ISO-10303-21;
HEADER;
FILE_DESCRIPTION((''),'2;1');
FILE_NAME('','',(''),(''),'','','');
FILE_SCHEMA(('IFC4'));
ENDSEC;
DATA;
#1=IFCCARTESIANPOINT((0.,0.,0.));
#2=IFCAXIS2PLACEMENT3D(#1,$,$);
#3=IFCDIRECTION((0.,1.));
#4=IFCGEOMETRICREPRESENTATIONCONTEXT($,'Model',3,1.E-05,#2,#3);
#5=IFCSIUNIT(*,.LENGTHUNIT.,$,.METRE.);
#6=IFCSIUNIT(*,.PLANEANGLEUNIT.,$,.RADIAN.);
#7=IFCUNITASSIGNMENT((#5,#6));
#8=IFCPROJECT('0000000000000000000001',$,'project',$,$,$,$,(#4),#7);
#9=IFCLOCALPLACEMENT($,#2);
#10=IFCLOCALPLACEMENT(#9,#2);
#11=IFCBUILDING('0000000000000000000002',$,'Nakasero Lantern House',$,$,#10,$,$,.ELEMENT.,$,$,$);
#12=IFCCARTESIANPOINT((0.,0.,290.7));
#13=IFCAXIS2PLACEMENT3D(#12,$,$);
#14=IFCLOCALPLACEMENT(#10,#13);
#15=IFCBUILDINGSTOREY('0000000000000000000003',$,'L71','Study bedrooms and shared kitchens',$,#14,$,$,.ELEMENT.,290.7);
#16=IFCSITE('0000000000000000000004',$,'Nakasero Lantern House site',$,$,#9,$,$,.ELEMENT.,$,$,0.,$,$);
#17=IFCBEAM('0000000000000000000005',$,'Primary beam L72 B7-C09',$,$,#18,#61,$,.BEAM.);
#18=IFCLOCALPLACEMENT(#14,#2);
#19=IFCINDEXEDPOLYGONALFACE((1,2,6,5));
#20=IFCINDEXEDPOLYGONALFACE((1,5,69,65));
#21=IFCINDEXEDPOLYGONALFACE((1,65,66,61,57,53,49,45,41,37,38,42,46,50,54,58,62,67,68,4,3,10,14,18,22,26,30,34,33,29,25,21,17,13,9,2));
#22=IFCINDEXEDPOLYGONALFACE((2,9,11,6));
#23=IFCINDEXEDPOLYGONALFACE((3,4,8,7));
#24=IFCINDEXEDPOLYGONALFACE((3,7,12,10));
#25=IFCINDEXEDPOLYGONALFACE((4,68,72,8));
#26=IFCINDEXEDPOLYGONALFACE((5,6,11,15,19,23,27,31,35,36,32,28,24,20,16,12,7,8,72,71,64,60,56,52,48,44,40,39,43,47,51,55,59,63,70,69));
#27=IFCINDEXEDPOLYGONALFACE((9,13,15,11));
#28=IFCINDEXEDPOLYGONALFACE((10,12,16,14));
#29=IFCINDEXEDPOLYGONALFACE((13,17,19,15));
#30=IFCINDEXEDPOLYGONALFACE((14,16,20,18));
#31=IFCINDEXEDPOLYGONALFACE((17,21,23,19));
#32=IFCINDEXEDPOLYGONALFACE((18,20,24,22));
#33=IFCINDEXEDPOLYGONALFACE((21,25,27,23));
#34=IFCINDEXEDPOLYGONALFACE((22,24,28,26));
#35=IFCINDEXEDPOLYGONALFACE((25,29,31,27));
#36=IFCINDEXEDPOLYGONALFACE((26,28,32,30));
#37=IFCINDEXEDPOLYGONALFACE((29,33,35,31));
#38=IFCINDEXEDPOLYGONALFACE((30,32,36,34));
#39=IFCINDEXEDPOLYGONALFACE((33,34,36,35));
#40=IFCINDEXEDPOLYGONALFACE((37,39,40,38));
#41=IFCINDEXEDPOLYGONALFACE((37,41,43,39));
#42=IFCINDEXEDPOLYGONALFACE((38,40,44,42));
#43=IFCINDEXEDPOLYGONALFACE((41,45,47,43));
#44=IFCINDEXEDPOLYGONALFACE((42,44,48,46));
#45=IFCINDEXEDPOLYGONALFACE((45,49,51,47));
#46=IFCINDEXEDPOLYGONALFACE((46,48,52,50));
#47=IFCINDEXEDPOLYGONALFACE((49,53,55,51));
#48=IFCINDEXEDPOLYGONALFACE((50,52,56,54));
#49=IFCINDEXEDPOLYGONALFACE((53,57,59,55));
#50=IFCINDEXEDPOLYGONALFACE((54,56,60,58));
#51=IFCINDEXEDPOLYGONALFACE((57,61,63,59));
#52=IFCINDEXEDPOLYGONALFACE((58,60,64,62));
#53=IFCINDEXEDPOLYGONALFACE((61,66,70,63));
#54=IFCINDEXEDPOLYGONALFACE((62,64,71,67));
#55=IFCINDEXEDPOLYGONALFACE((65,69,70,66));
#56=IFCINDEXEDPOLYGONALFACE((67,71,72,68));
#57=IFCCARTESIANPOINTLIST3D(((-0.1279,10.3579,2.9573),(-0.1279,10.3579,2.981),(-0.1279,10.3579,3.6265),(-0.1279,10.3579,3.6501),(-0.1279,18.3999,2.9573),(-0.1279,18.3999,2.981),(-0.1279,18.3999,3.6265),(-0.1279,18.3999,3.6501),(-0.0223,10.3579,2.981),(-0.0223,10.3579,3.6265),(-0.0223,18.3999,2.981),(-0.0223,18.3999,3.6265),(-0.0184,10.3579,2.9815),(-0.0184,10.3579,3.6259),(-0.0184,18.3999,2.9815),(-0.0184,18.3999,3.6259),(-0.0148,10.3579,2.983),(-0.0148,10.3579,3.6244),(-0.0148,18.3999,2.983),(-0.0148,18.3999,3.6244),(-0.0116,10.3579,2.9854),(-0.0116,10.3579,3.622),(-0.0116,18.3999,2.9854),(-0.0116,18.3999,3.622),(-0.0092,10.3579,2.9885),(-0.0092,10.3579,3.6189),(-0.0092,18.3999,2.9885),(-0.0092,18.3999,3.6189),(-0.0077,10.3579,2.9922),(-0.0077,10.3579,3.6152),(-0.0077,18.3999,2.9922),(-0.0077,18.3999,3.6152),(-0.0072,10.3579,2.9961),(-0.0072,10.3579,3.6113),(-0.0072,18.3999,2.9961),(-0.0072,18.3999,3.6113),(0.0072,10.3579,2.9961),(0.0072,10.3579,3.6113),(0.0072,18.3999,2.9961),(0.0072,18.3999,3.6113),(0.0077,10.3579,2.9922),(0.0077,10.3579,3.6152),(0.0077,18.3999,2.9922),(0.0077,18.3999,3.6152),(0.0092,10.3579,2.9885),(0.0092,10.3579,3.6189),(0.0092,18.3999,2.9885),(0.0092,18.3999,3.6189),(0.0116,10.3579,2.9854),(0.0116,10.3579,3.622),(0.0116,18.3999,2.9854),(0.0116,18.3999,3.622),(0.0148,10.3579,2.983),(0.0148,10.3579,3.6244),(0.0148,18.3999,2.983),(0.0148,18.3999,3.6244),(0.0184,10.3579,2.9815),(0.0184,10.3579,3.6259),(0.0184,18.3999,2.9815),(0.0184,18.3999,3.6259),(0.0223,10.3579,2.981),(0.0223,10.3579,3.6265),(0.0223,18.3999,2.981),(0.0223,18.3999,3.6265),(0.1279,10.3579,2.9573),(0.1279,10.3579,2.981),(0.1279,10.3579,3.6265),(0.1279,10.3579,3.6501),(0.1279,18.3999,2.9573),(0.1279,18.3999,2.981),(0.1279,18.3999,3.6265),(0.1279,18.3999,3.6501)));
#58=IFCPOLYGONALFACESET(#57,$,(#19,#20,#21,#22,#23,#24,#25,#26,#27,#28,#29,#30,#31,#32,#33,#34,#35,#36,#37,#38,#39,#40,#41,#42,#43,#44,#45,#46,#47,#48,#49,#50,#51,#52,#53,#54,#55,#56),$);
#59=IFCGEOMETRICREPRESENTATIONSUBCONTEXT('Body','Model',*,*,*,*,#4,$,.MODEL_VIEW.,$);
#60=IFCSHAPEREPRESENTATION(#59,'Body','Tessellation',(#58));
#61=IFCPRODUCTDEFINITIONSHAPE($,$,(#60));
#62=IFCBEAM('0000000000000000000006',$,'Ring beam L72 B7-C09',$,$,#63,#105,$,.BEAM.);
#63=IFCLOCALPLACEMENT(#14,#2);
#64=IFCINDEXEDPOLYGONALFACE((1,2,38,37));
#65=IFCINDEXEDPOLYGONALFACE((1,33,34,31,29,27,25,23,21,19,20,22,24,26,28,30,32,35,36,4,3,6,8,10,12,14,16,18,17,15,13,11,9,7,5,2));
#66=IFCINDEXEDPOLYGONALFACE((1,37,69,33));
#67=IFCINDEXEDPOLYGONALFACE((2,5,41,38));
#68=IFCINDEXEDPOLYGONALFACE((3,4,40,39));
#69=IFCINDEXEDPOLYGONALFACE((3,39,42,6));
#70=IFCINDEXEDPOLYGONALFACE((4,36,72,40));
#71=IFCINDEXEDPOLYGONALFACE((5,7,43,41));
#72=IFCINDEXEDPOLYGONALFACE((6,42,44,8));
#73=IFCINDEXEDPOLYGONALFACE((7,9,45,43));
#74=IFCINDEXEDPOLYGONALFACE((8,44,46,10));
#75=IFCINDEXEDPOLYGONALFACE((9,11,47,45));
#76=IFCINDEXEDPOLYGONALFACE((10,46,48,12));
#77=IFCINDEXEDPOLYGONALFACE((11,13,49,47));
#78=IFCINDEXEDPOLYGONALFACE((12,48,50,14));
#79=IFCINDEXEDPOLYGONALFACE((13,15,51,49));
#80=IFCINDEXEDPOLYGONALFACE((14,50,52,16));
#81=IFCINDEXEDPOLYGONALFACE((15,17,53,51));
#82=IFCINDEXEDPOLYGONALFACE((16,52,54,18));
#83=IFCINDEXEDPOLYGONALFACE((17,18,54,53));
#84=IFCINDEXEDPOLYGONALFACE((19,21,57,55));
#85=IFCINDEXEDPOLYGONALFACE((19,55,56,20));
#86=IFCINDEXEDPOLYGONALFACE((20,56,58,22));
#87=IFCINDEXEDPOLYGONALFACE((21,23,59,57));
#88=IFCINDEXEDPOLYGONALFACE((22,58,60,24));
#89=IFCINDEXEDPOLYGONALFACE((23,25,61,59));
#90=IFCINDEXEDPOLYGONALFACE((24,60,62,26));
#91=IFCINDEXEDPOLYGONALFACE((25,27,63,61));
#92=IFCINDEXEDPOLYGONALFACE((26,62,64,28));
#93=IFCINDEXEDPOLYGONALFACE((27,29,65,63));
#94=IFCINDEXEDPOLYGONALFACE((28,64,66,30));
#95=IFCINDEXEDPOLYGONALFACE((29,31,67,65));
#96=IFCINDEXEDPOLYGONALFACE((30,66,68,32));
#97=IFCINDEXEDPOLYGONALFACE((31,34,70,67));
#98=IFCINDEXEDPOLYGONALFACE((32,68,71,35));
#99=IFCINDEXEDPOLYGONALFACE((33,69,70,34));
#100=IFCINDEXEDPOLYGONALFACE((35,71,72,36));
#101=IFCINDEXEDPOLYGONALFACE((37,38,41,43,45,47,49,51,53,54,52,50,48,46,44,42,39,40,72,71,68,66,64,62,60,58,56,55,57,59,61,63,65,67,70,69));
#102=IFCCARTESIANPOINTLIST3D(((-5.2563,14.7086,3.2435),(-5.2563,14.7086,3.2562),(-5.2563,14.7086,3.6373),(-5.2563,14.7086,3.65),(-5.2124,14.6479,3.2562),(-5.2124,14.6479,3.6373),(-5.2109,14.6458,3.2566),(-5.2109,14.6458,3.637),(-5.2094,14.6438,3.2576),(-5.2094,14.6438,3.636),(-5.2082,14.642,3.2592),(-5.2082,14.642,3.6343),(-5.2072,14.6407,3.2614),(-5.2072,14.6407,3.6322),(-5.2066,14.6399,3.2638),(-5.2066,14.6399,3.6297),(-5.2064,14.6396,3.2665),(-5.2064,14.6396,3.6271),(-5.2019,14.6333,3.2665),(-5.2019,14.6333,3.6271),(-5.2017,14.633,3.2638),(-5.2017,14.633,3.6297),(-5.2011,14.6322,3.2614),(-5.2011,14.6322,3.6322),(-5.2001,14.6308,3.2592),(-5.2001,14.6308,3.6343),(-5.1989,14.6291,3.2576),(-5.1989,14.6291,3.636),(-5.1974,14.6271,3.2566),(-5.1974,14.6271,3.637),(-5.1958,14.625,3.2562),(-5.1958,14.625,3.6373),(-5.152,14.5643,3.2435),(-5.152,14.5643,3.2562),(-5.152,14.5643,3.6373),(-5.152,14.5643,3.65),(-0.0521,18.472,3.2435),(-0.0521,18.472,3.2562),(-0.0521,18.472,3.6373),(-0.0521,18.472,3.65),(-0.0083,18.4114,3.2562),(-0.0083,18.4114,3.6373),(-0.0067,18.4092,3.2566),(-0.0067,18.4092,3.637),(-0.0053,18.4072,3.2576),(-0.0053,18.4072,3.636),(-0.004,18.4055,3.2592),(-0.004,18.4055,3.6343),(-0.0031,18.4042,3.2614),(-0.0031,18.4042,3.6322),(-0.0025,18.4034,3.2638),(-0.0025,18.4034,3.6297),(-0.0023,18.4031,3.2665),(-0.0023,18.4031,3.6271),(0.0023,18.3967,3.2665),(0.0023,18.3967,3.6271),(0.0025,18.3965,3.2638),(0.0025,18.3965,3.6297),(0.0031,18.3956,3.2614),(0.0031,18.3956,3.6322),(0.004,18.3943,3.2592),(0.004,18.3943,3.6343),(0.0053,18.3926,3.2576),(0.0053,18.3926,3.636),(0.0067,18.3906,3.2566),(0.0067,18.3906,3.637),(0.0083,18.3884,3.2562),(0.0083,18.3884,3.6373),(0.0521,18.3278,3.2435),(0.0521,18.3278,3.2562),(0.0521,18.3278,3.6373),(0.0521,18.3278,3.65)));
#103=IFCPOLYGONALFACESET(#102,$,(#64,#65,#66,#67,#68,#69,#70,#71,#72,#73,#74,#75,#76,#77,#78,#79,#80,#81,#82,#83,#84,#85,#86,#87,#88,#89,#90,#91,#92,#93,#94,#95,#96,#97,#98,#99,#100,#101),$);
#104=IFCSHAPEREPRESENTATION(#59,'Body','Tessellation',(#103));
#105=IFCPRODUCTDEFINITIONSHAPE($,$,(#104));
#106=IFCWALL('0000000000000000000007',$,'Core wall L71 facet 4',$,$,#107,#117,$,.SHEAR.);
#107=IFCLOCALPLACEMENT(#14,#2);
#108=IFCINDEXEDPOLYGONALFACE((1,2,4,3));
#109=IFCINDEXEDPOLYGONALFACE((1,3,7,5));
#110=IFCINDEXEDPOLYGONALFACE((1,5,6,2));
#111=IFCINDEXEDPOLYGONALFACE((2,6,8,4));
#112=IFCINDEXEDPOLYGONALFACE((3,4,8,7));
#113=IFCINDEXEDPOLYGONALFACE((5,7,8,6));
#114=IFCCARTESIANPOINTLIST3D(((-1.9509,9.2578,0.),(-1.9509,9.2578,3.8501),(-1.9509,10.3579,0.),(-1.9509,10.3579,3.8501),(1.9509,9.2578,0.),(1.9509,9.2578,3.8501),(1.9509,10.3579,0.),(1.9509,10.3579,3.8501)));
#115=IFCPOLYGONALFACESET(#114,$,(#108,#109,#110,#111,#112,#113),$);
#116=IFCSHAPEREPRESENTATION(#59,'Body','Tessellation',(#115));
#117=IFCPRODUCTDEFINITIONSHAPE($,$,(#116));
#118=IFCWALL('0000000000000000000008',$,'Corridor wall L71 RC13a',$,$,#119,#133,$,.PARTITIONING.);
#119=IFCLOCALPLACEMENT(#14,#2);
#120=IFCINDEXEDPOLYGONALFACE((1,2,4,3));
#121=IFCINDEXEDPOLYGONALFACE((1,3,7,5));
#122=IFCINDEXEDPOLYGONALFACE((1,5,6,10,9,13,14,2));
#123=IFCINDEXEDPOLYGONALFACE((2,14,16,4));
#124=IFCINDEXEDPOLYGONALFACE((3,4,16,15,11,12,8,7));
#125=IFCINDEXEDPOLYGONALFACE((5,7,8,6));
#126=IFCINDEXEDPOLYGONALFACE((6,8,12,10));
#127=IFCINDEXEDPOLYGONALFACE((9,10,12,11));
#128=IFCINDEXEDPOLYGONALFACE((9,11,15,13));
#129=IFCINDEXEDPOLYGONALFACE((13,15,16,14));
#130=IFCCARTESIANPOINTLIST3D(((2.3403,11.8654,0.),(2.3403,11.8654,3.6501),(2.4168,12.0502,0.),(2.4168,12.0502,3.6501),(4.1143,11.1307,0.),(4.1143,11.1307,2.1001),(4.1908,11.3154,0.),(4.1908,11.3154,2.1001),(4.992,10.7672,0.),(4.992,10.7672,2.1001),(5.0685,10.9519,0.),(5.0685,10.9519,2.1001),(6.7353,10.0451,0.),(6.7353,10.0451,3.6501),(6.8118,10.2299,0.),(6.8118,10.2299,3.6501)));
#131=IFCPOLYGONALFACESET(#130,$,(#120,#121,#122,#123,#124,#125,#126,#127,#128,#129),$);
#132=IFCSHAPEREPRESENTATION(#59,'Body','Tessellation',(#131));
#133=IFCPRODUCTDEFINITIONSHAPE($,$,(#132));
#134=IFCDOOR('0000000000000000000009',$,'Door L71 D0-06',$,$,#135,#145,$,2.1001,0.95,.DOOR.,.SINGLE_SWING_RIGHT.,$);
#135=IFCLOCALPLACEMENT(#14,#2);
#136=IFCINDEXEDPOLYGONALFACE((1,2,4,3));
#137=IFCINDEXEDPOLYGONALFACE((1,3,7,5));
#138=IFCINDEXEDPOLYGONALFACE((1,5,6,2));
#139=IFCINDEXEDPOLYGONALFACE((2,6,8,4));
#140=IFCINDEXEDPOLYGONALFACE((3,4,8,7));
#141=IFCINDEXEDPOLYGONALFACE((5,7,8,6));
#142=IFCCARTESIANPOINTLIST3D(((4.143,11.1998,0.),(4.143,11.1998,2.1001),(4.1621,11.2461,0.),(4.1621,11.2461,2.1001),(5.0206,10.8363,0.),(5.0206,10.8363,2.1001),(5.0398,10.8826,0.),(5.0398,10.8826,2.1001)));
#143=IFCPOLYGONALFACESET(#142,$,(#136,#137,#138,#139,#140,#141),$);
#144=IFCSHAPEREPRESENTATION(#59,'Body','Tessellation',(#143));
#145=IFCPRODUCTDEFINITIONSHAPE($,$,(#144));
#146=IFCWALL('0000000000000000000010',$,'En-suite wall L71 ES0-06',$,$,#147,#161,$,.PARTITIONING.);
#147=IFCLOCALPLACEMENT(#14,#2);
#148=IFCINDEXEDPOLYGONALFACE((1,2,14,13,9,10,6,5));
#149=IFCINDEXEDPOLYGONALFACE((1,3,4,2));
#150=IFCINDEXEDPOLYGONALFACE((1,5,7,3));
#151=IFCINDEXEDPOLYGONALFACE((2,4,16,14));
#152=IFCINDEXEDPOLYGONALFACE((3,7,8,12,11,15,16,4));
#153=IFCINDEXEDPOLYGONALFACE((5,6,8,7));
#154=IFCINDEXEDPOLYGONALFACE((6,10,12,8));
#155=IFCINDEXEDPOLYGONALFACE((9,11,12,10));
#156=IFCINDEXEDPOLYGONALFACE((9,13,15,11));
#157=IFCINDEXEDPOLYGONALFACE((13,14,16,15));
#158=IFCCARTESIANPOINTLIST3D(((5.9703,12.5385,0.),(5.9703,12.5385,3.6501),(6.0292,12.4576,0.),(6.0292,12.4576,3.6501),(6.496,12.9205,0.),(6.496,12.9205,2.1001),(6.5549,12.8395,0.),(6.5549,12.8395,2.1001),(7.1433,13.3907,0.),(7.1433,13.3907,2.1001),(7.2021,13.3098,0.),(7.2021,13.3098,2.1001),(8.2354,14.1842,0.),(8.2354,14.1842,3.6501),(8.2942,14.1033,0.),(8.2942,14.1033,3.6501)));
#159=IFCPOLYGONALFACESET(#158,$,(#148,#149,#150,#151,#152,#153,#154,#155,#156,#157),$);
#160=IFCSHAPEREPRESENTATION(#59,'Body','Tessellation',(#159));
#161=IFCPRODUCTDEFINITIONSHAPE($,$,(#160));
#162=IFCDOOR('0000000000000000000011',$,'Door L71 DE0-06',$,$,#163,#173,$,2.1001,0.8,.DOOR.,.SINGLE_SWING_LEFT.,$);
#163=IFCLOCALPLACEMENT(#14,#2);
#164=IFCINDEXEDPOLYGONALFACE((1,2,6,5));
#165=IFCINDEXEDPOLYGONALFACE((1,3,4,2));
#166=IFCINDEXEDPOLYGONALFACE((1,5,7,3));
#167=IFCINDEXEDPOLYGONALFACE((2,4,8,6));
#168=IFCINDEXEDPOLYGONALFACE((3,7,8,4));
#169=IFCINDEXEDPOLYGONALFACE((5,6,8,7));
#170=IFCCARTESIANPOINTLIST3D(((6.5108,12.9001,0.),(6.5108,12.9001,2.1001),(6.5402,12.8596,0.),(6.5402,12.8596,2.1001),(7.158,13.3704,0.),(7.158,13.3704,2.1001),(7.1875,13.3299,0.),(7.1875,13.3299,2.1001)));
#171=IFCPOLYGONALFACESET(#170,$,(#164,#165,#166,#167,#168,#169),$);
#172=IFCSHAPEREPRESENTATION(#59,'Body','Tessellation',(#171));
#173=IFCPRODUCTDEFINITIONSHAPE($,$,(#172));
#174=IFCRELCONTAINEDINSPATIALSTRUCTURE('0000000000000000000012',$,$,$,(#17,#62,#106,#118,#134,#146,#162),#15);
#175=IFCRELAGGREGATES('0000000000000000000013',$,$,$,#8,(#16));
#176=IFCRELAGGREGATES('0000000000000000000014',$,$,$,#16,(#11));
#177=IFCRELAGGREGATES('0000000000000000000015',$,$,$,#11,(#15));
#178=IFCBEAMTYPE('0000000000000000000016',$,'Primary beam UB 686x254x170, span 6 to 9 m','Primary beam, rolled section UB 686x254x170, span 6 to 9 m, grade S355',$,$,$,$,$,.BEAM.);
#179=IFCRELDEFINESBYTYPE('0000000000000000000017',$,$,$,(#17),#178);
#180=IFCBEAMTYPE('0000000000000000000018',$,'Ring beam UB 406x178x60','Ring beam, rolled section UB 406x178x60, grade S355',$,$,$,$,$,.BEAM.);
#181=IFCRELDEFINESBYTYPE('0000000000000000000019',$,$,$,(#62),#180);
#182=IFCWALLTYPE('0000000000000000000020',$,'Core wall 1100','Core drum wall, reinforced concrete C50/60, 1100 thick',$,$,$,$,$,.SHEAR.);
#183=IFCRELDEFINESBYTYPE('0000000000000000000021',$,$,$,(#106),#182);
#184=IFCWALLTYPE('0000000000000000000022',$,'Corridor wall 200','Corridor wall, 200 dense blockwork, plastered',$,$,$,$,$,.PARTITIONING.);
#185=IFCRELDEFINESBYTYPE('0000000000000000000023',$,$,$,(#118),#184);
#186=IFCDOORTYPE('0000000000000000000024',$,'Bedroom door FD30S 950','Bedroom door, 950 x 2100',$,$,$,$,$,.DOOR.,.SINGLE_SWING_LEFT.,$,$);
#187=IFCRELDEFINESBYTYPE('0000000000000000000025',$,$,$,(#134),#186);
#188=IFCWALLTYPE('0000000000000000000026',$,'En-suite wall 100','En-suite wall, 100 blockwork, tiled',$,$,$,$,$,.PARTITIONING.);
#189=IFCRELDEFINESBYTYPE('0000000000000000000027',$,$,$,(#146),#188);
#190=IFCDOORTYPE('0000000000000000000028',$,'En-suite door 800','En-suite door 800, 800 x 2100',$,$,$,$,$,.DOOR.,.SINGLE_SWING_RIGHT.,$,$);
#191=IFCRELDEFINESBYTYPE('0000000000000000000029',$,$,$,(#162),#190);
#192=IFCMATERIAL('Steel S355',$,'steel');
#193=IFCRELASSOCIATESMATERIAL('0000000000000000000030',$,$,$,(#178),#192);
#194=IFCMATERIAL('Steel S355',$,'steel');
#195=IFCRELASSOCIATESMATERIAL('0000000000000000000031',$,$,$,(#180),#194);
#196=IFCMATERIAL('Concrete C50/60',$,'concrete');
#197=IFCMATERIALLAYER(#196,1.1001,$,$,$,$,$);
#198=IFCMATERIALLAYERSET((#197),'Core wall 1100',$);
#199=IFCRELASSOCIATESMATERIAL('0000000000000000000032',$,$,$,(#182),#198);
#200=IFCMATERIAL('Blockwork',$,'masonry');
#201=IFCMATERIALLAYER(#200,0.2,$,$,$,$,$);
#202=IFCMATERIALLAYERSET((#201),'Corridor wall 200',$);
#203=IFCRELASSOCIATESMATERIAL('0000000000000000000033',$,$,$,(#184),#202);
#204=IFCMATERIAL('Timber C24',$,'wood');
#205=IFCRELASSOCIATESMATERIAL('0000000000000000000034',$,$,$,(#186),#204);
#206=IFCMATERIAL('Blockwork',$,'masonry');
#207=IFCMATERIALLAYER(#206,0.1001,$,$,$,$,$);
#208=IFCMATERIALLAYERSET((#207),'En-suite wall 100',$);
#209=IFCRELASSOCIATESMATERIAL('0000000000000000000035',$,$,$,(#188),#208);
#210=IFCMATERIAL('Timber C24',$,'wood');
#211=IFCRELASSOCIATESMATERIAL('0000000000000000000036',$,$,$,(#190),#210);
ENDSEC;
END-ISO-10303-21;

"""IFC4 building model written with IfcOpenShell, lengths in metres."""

from ifc_helpers import new_model, si_unit, direction, frame, frame_2d, origin, origin_2d, place, context, subcontext, project, spatial, rectangle, i_section, extrude, material, layer, layer_set, material_profile, profile_set, type_object, element, fill, save


model = new_model("IFC4")

# Units and contexts
model_context = context("Model", 3, precision=1e-05, world=origin(), true_north=direction((0.0, 1.0)))
body_context = subcontext(model_context, "Body", "Model", "MODEL_VIEW")
ifc_project = project(units=[si_unit("LENGTHUNIT", "METRE"), si_unit("PLANEANGLEUNIT", "RADIAN")], contexts=[model_context])

# Site, building, storey
site_placement = place(None, origin())
site = spatial("IfcSite", under=ifc_project, at=site_placement, Name="Nakasero Lantern House site", CompositionType="ELEMENT", RefElevation=0.0)
building_placement = place(site_placement, origin())
building = spatial("IfcBuilding", under=site, at=building_placement, Name="Nakasero Lantern House", CompositionType="ELEMENT")
storey_placement = place(building_placement, frame((0.0, 0.0, 290.7)))
storey = spatial("IfcBuildingStorey", under=building, at=storey_placement, Name="L71", Description="Study bedrooms and shared kitchens", CompositionType="ELEMENT", Elevation=290.7)

# Beams
ifc_material_1 = material(Name="Steel S355", Category="steel")
ifc_material_profile_1 = material_profile(ifc_material_1, i_section(OverallWidth=0.2559, OverallDepth=0.6929, WebThickness=0.0144, FlangeThickness=0.0237, FilletRadius=0.0151, at=origin_2d()), Name="UB 686x254x170")
ifc_profile_set_1 = profile_set([ifc_material_profile_1], Name="Steel S355")
beam_type_1 = type_object("IfcBeamType", Name="Primary beam UB 686x254x170, span 6 to 9 m", Description="Primary beam, rolled section UB 686x254x170, span 6 to 9 m, grade S355", PredefinedType="BEAM", material=ifc_profile_set_1)
beam_1_placement = place(storey_placement, frame((0.0, 18.3999, 3.3037), z_axis=(0.0, -1.0, 0.0), x_axis=(1.0, 0.0, 0.0)))
element("IfcBeam", 1, at=beam_1_placement, inside=storey, type_object=beam_type_1, Name="Primary beam L72 B7-C09", PredefinedType="BEAM", context=body_context, shape_type="SweptSolid", body=[
    extrude(i_section(OverallWidth=0.2559, OverallDepth=0.6929, WebThickness=0.0144, FlangeThickness=0.0237, FilletRadius=0.0151, at=origin_2d()), origin(), (0.0, 0.0, 1.0), 8.042),
])
ifc_material_2 = material(Name="Steel S355", Category="steel")
ifc_material_profile_2 = material_profile(ifc_material_2, i_section(OverallWidth=0.178, OverallDepth=0.4065, WebThickness=0.0078, FlangeThickness=0.0127, FilletRadius=0.0103, at=origin_2d()), Name="UB 406x178x60")
ifc_profile_set_2 = profile_set([ifc_material_profile_2], Name="Steel S355")
beam_type_2 = type_object("IfcBeamType", Name="Ring beam UB 406x178x60", Description="Ring beam, rolled section UB 406x178x60, grade S355", PredefinedType="BEAM", material=ifc_profile_set_2)
beam_2_placement = place(storey_placement, frame((0.0, 18.3999, 3.4468), z_axis=(-0.810316, -0.585993, 0.0), x_axis=(0.585993, -0.810316, 0.0)))
element("IfcBeam", 2, at=beam_2_placement, inside=storey, type_object=beam_type_2, Name="Ring beam L72 B7-C09", PredefinedType="BEAM", context=body_context, shape_type="SweptSolid", body=[
    extrude(i_section(OverallWidth=0.178, OverallDepth=0.4065, WebThickness=0.0078, FlangeThickness=0.0127, FilletRadius=0.0103, at=origin_2d()), origin(), (0.0, 0.0, 1.0), 6.4224),
])

# Wall
ifc_material_3 = material(Name="Concrete C50/60", Category="concrete")
ifc_layer_1 = layer(ifc_material_3, 1.1001)
ifc_layer_set_1 = layer_set([ifc_layer_1], Name="Core wall 1100")
wall_type_1 = type_object("IfcWallType", Name="Core wall 1100", Description="Core drum wall, reinforced concrete C50/60, 1100 thick", PredefinedType="SHEAR", material=ifc_layer_set_1)
wall_1_placement = place(storey_placement, frame((1.9509, 9.8079, 0.0), z_axis=(0.0, 0.0, 1.0), x_axis=(-1.0, 0.0, 0.0)))
element("IfcWall", 3, at=wall_1_placement, inside=storey, type_object=wall_type_1, Name="Core wall L71 facet 4", PredefinedType="SHEAR", context=body_context, shape_type="SweptSolid", body=[
    extrude(rectangle(XDim=3.9019, YDim=1.1001, at=frame_2d((1.9509, 0.0))), origin(), (0.0, 0.0, 1.0), 3.8501),
])

# Walls, openings, doors
ifc_material_4 = material(Name="Blockwork", Category="masonry")
ifc_layer_2 = layer(ifc_material_4, 0.2)
ifc_layer_set_2 = layer_set([ifc_layer_2], Name="Corridor wall 200")
wall_type_2 = type_object("IfcWallType", Name="Corridor wall 200", Description="Corridor wall, 200 dense blockwork, plastered", PredefinedType="PARTITIONING", material=ifc_layer_set_2)
wall_2_placement = place(storey_placement, frame((2.3787, 11.9578, 0.0), z_axis=(0.0, 0.0, 1.0), x_axis=(0.923892, -0.382654, 0.0)))
wall_2 = element("IfcWall", 4, at=wall_2_placement, inside=storey, type_object=wall_type_2, Name="Corridor wall L71 RC13a", PredefinedType="PARTITIONING", context=body_context, shape_type="SweptSolid", body=[
    extrude(rectangle(XDim=4.7571, YDim=0.2, at=frame_2d((2.3784, 0.0))), origin(), (0.0, 0.0, 1.0), 3.6501),
])
opening_1_placement = place(wall_2_placement, frame((1.9199, 0.0, 0.0)))
opening_1 = element("IfcOpeningElement", 5, at=opening_1_placement, cuts=wall_2, PredefinedType="OPENING", context=body_context, shape_type="SweptSolid", body=[
    extrude(rectangle(XDim=0.95, YDim=2.1001, at=frame_2d((0.4751, 1.05))), frame((0.0, 0.1199, 0.0), z_axis=(0.0, -1.0, 0.0), x_axis=(1.0, 0.0, 0.0)), (0.0, 0.0, 1.0), 0.24),
])
ifc_material_5 = material(Name="Timber C24", Category="wood")
door_type_1 = type_object("IfcDoorType", Name="Bedroom door FD30S 950", Description="Bedroom door, 950 x 2100", OperationType="SINGLE_SWING_LEFT", PredefinedType="DOOR", material=ifc_material_5)
door_1_placement = place(opening_1_placement, origin())
door_1 = element("IfcDoor", 6, at=door_1_placement, inside=storey, type_object=door_type_1, Name="Door L71 D0-06", OperationType="SINGLE_SWING_RIGHT", OverallHeight=2.1001, OverallWidth=0.95, PredefinedType="DOOR", context=body_context, shape_type="SweptSolid", body=[
    extrude(rectangle(XDim=0.95, YDim=2.1001, at=frame_2d((0.4751, 1.05))), frame((0.0, 0.0249, 0.0), z_axis=(0.0, -1.0, 0.0), x_axis=(1.0, 0.0, 0.0)), (0.0, 0.0, 1.0), 0.05),
])
fill(opening_1, door_1)
ifc_material_6 = material(Name="Blockwork", Category="masonry")
ifc_layer_3 = layer(ifc_material_6, 0.1001)
ifc_layer_set_3 = layer_set([ifc_layer_3], Name="En-suite wall 100")
wall_type_3 = type_object("IfcWallType", Name="En-suite wall 100", Description="En-suite wall, 100 blockwork, tiled", PredefinedType="PARTITIONING", material=ifc_layer_set_3)
wall_3_placement = place(storey_placement, frame((5.9998, 12.498, 0.0), z_axis=(0.0, 0.0, 1.0), x_axis=(0.809011, 0.587793, 0.0)))
wall_3 = element("IfcWall", 7, at=wall_3_placement, inside=storey, type_object=wall_type_3, Name="En-suite wall L71 ES0-06", PredefinedType="PARTITIONING", context=body_context, shape_type="SweptSolid", body=[
    extrude(rectangle(XDim=2.7998, YDim=0.1001, at=frame_2d((1.3999, 0.0))), origin(), (0.0, 0.0, 1.0), 3.6501),
])
opening_2_placement = place(wall_3_placement, frame((0.6499, 0.0, 0.0)))
opening_2 = element("IfcOpeningElement", 8, at=opening_2_placement, cuts=wall_3, PredefinedType="OPENING", context=body_context, shape_type="SweptSolid", body=[
    extrude(rectangle(XDim=0.8, YDim=2.1001, at=frame_2d((0.3999, 1.05))), frame((0.0, 0.0701, 0.0), z_axis=(0.0, -1.0, 0.0), x_axis=(1.0, 0.0, 0.0)), (0.0, 0.0, 1.0), 0.1401),
])
ifc_material_7 = material(Name="Timber C24", Category="wood")
door_type_2 = type_object("IfcDoorType", Name="En-suite door 800", Description="En-suite door 800, 800 x 2100", OperationType="SINGLE_SWING_RIGHT", PredefinedType="DOOR", material=ifc_material_7)
door_2_placement = place(opening_2_placement, origin())
door_2 = element("IfcDoor", 9, at=door_2_placement, inside=storey, type_object=door_type_2, Name="Door L71 DE0-06", OperationType="SINGLE_SWING_LEFT", OverallHeight=2.1001, OverallWidth=0.8, PredefinedType="DOOR", context=body_context, shape_type="SweptSolid", body=[
    extrude(rectangle(XDim=0.8, YDim=2.1001, at=frame_2d((0.3999, 1.05))), frame((0.0, 0.0249, 0.0), z_axis=(0.0, -1.0, 0.0), x_axis=(1.0, 0.0, 0.0)), (0.0, 0.0, 1.0), 0.05),
])
fill(opening_2, door_2)

save(model, "model.ifc")
